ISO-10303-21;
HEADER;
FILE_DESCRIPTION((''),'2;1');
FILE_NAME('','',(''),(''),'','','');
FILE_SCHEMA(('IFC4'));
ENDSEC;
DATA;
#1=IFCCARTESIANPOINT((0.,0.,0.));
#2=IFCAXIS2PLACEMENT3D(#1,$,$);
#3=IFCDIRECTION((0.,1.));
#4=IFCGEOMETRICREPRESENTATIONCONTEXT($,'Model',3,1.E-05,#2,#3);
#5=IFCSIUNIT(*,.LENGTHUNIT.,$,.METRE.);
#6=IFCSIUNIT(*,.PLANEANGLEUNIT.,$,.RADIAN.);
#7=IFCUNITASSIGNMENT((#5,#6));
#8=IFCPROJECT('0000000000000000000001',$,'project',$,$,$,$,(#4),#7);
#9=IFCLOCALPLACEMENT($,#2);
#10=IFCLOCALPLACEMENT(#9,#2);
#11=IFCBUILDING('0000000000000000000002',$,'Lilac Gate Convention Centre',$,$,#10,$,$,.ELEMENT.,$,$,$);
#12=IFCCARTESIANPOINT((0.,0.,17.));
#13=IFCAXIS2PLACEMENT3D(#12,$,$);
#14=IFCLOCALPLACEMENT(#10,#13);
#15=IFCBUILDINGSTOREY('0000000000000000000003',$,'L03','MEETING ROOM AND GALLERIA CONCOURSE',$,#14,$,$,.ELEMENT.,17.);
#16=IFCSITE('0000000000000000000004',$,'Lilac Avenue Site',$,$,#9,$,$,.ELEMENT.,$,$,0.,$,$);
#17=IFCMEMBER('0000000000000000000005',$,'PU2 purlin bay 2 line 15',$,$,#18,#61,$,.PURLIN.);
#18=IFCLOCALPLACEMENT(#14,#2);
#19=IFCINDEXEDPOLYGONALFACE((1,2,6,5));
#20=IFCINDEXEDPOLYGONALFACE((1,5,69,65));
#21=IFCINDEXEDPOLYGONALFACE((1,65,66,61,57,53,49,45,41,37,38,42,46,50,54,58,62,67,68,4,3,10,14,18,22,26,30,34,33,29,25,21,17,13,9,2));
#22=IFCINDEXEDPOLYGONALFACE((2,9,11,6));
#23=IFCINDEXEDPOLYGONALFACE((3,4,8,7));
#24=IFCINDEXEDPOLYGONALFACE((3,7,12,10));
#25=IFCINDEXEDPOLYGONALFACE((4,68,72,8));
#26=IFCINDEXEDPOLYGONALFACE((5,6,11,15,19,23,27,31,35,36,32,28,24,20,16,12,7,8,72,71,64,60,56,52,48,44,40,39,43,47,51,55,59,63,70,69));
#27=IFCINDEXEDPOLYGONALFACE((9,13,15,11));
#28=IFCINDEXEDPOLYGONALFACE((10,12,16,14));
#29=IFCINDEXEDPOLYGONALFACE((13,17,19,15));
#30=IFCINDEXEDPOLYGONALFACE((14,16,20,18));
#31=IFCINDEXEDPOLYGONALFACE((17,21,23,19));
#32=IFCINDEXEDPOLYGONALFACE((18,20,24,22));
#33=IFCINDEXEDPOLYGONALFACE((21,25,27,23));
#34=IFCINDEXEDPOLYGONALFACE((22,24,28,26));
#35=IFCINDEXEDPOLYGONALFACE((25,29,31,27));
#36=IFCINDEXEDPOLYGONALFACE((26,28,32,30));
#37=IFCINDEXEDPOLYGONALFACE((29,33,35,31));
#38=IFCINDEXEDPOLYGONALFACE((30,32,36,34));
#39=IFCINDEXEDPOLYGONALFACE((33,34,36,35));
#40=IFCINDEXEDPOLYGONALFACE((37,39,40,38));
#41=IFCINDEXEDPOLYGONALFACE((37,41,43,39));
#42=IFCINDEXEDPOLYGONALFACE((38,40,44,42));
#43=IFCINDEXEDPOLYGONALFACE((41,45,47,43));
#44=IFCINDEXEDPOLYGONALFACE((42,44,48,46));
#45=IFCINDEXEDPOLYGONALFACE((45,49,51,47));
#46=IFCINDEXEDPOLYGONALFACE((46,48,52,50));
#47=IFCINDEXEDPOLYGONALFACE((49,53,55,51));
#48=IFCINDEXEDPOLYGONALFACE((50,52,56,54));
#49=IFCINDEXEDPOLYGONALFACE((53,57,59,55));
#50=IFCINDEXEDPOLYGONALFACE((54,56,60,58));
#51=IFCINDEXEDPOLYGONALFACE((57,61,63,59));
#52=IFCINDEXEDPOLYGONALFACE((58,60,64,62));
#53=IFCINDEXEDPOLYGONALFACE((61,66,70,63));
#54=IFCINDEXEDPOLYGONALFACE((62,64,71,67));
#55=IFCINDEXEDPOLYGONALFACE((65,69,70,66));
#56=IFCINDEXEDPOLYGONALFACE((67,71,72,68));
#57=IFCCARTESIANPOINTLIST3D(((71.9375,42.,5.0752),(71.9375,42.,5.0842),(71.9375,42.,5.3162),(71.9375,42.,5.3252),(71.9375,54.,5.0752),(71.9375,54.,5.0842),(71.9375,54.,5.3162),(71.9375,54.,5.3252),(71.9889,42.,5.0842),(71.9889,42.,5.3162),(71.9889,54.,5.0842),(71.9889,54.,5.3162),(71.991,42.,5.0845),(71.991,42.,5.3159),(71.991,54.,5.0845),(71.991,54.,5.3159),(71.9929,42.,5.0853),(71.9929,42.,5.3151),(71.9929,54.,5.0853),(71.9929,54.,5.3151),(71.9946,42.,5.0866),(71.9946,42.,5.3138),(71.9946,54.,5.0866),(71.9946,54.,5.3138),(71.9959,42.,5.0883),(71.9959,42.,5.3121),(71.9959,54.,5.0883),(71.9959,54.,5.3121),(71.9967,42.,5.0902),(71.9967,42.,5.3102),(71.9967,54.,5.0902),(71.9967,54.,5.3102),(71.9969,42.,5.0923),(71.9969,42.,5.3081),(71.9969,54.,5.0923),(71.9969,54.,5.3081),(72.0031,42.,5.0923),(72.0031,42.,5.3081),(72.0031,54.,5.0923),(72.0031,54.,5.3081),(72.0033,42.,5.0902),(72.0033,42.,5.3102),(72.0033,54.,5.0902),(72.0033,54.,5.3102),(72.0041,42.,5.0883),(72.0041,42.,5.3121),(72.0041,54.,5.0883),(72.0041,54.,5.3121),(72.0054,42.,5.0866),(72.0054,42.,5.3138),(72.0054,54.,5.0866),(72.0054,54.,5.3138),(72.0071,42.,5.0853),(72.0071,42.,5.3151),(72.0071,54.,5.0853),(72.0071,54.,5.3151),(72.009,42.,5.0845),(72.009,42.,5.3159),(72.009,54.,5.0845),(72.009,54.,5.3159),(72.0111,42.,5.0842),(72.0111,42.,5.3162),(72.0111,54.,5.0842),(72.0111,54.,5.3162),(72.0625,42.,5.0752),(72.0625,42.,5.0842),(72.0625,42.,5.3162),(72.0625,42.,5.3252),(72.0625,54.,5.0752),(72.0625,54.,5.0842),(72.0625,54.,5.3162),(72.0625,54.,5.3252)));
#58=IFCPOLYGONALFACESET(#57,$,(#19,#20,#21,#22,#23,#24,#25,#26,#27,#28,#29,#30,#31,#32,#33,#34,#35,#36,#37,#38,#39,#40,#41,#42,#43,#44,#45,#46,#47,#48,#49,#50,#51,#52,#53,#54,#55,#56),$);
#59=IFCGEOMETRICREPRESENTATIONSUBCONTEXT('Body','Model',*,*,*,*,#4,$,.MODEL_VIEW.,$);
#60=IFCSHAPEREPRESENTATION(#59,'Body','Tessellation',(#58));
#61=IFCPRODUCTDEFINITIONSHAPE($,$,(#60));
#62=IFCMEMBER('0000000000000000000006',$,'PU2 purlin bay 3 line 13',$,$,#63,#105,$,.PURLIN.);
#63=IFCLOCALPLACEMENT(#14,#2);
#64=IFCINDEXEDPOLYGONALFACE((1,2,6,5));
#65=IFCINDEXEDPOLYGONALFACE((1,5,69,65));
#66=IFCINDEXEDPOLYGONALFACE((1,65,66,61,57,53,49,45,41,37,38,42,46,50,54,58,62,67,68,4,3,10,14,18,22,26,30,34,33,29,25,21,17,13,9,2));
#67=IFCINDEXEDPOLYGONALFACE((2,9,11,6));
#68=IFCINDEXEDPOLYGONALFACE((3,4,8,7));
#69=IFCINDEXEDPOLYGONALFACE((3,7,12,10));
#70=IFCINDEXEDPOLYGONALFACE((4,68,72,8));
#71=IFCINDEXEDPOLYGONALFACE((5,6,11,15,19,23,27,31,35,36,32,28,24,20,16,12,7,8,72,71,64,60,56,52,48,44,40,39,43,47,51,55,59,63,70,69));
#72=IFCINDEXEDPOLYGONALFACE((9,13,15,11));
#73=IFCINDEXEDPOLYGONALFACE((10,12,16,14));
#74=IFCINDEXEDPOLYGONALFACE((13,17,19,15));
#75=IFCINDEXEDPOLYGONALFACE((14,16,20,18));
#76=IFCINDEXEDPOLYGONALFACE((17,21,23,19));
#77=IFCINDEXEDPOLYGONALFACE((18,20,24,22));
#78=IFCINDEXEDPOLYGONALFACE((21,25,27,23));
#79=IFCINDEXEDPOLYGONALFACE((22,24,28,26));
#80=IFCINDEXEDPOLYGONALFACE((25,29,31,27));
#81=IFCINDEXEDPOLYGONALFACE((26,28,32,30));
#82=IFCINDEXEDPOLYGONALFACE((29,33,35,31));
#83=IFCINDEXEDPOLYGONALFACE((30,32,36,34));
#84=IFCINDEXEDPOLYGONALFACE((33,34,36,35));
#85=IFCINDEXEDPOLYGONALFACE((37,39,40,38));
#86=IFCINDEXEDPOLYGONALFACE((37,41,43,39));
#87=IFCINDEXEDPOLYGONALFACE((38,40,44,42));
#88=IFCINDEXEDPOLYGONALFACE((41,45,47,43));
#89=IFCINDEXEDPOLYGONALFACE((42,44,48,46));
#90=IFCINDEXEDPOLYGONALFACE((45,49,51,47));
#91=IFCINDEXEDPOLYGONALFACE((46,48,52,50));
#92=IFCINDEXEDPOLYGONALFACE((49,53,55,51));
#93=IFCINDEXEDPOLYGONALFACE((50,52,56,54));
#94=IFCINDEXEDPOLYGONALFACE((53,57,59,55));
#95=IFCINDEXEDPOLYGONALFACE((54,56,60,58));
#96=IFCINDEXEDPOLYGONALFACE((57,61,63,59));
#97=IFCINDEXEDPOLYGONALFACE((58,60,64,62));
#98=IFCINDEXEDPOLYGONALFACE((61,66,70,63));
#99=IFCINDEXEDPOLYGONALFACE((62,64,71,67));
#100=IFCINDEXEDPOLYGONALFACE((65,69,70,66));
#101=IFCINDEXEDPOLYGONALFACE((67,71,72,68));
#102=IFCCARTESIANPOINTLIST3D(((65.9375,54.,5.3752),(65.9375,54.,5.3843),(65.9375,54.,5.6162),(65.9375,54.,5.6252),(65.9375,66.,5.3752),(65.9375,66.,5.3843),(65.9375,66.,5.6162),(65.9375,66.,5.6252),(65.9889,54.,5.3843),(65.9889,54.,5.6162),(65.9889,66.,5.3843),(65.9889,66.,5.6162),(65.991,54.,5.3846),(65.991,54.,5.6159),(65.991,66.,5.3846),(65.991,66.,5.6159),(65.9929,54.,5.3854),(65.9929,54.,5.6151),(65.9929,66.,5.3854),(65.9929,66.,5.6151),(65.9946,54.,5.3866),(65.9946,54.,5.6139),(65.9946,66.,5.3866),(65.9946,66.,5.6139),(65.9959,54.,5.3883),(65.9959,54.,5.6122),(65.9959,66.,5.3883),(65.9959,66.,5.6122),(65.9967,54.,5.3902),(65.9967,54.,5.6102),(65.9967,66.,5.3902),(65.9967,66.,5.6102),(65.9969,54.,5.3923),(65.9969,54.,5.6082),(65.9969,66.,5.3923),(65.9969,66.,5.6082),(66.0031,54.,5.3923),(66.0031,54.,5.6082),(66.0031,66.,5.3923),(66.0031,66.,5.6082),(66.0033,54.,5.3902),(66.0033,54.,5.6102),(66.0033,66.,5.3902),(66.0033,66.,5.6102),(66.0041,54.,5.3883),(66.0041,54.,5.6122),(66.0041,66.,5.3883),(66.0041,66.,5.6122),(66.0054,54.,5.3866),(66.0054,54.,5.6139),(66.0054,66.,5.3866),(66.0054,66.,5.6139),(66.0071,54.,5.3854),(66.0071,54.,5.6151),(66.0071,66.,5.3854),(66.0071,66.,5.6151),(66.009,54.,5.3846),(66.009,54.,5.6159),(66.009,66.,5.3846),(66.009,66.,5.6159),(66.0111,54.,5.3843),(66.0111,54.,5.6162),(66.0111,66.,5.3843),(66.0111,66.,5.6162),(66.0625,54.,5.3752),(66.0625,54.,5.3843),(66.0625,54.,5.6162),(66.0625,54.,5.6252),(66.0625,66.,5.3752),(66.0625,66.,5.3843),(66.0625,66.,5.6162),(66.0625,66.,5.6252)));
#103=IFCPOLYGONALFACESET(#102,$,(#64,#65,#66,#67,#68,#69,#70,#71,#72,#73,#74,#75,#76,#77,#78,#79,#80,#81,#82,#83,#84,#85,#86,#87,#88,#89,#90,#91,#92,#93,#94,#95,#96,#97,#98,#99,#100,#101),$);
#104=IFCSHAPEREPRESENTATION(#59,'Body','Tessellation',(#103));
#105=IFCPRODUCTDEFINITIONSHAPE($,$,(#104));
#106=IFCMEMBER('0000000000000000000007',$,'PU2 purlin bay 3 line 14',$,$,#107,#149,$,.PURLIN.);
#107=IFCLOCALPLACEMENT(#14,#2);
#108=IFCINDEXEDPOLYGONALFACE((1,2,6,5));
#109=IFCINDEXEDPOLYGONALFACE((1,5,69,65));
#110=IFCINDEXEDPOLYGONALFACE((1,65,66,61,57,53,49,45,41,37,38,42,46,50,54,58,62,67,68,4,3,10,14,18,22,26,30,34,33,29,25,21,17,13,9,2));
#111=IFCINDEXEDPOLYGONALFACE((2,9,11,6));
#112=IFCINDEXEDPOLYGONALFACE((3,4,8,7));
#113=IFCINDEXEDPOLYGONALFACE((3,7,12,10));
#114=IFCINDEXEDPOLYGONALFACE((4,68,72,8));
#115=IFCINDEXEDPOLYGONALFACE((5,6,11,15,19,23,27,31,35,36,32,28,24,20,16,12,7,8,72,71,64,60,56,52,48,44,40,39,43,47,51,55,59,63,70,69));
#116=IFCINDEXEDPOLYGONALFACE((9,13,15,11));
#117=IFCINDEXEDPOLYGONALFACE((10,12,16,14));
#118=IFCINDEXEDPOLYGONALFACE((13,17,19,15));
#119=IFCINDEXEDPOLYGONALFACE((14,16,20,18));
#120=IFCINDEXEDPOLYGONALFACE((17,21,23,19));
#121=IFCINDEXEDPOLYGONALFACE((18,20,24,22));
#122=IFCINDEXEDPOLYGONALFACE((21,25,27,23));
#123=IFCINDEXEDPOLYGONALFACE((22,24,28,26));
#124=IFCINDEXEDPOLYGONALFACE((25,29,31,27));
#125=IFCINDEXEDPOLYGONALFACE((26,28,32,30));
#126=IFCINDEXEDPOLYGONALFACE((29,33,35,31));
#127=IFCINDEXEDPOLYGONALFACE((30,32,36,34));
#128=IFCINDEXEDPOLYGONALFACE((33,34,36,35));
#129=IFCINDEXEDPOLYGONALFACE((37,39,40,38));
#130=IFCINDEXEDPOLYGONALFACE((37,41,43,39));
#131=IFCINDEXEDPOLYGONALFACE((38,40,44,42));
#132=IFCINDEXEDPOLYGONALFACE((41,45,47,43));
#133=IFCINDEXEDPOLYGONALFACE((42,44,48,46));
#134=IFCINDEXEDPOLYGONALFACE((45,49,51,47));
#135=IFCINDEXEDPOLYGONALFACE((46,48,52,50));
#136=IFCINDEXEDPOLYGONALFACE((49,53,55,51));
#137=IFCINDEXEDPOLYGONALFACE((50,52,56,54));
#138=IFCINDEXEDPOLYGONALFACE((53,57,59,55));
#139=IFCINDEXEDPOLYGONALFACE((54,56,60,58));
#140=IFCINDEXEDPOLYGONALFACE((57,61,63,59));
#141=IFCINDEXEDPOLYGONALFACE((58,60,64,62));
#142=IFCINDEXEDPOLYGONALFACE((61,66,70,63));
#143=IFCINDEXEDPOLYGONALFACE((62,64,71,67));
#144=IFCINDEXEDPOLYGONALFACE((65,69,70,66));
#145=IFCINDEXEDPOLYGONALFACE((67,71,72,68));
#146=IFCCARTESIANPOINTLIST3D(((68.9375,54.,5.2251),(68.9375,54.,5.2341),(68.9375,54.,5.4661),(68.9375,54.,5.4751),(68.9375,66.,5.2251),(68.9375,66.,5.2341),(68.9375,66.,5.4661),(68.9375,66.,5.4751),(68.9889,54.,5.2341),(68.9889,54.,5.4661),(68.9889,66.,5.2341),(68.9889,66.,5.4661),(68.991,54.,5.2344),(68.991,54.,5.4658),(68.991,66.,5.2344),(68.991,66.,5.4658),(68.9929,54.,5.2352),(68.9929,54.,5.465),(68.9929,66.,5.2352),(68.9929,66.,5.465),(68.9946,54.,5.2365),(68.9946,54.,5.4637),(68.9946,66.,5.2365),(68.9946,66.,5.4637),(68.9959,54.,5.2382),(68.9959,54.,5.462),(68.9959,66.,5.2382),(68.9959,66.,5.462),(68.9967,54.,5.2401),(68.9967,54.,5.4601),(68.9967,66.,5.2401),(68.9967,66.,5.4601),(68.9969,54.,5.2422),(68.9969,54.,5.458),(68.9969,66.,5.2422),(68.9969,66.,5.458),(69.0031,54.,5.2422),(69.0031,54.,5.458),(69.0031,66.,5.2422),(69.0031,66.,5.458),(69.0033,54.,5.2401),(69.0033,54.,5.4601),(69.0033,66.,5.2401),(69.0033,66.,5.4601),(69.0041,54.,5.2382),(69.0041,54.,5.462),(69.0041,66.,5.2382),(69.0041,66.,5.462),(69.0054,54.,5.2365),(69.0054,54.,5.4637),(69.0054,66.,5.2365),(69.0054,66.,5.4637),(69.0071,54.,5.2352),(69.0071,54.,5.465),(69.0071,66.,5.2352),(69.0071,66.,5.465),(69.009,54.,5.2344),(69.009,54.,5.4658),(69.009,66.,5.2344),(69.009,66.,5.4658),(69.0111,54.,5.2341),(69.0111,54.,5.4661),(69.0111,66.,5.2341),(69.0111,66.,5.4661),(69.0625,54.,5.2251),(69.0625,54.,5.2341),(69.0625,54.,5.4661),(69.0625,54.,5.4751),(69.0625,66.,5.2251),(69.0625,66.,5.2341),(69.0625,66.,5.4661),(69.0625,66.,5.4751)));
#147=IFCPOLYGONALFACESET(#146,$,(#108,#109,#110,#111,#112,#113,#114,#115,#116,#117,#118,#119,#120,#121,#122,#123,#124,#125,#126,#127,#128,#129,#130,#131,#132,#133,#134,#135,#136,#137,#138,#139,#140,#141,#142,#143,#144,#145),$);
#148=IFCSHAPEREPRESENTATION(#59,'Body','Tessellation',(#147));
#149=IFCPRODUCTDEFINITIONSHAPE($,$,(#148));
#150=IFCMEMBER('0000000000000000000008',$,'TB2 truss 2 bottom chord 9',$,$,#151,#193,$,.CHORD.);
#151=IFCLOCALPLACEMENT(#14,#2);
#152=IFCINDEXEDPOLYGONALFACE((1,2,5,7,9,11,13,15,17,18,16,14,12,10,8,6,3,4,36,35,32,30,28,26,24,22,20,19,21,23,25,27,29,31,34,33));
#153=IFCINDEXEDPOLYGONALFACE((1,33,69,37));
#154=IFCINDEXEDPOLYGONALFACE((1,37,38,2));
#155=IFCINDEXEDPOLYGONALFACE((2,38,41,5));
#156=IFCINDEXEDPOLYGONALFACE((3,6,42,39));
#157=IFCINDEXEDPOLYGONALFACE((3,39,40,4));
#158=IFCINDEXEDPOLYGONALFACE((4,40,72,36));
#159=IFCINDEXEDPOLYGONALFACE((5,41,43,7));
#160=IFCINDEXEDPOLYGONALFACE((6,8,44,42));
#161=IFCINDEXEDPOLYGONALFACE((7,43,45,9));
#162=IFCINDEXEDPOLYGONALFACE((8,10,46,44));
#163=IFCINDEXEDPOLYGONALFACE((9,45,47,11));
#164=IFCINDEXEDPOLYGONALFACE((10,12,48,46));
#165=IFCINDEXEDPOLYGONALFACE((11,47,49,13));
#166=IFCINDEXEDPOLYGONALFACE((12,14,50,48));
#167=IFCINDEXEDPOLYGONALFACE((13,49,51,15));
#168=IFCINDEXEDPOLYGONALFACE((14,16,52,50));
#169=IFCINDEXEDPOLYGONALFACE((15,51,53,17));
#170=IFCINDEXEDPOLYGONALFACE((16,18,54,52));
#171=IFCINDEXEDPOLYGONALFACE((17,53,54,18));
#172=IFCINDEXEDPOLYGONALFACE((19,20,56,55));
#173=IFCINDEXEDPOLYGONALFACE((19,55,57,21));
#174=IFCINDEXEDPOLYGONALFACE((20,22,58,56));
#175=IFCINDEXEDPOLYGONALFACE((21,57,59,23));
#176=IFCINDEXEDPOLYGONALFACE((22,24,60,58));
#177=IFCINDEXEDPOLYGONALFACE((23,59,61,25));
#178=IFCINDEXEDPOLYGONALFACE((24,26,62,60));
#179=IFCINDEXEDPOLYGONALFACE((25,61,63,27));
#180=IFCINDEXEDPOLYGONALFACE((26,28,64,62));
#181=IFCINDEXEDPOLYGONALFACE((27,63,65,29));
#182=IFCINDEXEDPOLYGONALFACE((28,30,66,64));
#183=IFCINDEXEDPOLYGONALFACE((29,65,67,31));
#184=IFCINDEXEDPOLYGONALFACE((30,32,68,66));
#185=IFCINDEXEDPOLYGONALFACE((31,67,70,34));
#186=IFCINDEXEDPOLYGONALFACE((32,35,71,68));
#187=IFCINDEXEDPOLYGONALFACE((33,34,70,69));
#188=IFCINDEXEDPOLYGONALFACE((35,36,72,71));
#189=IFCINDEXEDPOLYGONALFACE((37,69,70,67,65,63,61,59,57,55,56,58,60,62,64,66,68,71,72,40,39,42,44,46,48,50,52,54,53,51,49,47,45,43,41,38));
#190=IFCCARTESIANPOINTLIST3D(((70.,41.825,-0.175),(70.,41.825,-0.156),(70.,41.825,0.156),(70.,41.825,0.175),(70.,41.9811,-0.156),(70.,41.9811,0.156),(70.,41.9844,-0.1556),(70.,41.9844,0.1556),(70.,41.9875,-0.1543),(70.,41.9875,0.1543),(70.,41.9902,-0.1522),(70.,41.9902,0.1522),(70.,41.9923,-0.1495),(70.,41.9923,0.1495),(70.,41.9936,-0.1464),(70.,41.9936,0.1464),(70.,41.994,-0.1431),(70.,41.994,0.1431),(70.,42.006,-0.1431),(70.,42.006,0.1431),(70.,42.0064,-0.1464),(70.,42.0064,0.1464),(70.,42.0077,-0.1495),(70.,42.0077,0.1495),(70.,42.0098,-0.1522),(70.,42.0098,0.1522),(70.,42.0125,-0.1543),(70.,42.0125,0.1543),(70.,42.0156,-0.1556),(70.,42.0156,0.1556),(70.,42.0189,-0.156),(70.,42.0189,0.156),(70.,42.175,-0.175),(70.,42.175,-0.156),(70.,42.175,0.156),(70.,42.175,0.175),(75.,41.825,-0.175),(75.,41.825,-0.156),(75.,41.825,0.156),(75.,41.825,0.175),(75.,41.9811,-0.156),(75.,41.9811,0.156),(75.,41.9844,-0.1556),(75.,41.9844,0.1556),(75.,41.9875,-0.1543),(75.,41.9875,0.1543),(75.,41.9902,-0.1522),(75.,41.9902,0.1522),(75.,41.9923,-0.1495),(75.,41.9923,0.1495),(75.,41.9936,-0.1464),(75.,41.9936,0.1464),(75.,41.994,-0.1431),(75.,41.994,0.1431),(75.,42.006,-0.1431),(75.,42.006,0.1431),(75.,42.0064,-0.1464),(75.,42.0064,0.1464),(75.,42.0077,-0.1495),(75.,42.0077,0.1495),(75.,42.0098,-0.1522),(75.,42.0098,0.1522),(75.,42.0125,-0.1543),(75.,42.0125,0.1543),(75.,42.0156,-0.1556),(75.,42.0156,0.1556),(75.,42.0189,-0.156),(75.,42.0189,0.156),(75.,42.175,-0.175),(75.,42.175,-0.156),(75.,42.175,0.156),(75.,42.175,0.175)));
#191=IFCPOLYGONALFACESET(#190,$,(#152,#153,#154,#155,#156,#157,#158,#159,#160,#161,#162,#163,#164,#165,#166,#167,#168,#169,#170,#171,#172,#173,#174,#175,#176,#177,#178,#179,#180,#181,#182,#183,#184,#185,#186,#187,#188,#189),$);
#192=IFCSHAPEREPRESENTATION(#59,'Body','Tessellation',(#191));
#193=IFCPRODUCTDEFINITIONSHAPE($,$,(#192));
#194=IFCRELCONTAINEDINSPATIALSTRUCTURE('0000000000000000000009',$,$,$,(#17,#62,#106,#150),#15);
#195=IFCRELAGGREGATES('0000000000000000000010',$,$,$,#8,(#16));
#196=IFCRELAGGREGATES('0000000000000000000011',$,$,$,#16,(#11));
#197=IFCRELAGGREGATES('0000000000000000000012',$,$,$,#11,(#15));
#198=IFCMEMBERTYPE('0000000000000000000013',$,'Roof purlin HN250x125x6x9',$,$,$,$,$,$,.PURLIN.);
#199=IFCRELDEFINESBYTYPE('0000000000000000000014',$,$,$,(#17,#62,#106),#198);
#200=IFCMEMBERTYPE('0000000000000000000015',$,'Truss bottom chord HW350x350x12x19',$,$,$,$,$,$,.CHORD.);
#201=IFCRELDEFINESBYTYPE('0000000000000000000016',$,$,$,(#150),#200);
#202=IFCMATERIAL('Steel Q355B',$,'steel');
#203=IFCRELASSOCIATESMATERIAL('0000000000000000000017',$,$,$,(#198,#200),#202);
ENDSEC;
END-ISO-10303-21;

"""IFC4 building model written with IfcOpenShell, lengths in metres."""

from ifc_helpers import new_model, si_unit, direction, frame, origin, origin_2d, place, context, subcontext, project, spatial, i_section, extrude, material, material_profile, profile_set, type_object, element, save


model = new_model("IFC4")

# Units and contexts
model_context = context("Model", 3, precision=1e-05, world=origin(), true_north=direction((0.0, 1.0)))
body_context = subcontext(model_context, "Body", "Model", "MODEL_VIEW")
ifc_project = project(units=[si_unit("LENGTHUNIT", "METRE"), si_unit("PLANEANGLEUNIT", "RADIAN")], contexts=[model_context])

# Site, building, storey
site_placement = place(None, origin())
site = spatial("IfcSite", under=ifc_project, at=site_placement, Name="Lilac Avenue Site", CompositionType="ELEMENT", RefElevation=0.0)
building_placement = place(site_placement, origin())
building = spatial("IfcBuilding", under=site, at=building_placement, Name="Lilac Gate Convention Centre", CompositionType="ELEMENT")
storey_placement = place(building_placement, frame((0.0, 0.0, 17.0)))
storey = spatial("IfcBuildingStorey", under=building, at=storey_placement, Name="L03", Description="MEETING ROOM AND GALLERIA CONCOURSE", CompositionType="ELEMENT", Elevation=17.0)

# Members
ifc_material = material(Name="Steel Q355B", Category="steel")
ifc_material_profile_1 = material_profile(ifc_material, i_section(OverallWidth=0.125, OverallDepth=0.25, WebThickness=0.0061, FlangeThickness=0.009, FilletRadius=0.0081, at=origin_2d()), Name="HN250x125x6x9")
ifc_profile_set_1 = profile_set([ifc_material_profile_1], Name="Steel Q355B")
member_type_1 = type_object("IfcMemberType", Name="Roof purlin HN250x125x6x9", PredefinedType="PURLIN", material=ifc_profile_set_1)
for number, where, z_axis, x_axis, name in (
    (1, (72.0, 42.0, 5.2002), (0.0, 1.0, 0.0), (-1.0, 0.0, 0.0), "PU2 purlin bay 2 line 15"),
    (2, (66.0, 54.0, 5.5002), (0.0, 1.0, 0.0), (-1.0, 0.0, 0.0), "PU2 purlin bay 3 line 13"),
    (3, (69.0, 54.0, 5.3501), (0.0, 1.0, 0.0), (-1.0, 0.0, 0.0), "PU2 purlin bay 3 line 14"),
):
    element("IfcMember", number, at=place(storey_placement, frame(where, z_axis=z_axis, x_axis=x_axis)), inside=storey, type_object=member_type_1, Name=name, PredefinedType="PURLIN", context=body_context, shape_type="SweptSolid", body=[
        extrude(i_section(OverallWidth=0.125, OverallDepth=0.25, WebThickness=0.0061, FlangeThickness=0.009, FilletRadius=0.0081, at=origin_2d()), origin(), (0.0, 0.0, 1.0), 12.0),
    ])
ifc_material_profile_2 = material_profile(ifc_material, i_section(OverallWidth=0.3501, OverallDepth=0.3501, WebThickness=0.012, FlangeThickness=0.019, FilletRadius=0.0129, at=origin_2d()), Name="HW350x350x12x19")
ifc_profile_set_2 = profile_set([ifc_material_profile_2], Name="Steel Q355B")
member_type_2 = type_object("IfcMemberType", Name="Truss bottom chord HW350x350x12x19", PredefinedType="CHORD", material=ifc_profile_set_2)
for number, where, z_axis, x_axis, name in (
    (4, (70.0, 42.0, 0.0), (1.0, 0.0, 0.0), (0.0, 1.0, 0.0), "TB2 truss 2 bottom chord 9"),
):
    element("IfcMember", number, at=place(storey_placement, frame(where, z_axis=z_axis, x_axis=x_axis)), inside=storey, type_object=member_type_2, Name=name, PredefinedType="CHORD", context=body_context, shape_type="SweptSolid", body=[
        extrude(i_section(OverallWidth=0.3501, OverallDepth=0.3501, WebThickness=0.012, FlangeThickness=0.019, FilletRadius=0.0129, at=origin_2d()), origin(), (0.0, 0.0, 1.0), 5.0),
    ])

save(model, "model.ifc")
